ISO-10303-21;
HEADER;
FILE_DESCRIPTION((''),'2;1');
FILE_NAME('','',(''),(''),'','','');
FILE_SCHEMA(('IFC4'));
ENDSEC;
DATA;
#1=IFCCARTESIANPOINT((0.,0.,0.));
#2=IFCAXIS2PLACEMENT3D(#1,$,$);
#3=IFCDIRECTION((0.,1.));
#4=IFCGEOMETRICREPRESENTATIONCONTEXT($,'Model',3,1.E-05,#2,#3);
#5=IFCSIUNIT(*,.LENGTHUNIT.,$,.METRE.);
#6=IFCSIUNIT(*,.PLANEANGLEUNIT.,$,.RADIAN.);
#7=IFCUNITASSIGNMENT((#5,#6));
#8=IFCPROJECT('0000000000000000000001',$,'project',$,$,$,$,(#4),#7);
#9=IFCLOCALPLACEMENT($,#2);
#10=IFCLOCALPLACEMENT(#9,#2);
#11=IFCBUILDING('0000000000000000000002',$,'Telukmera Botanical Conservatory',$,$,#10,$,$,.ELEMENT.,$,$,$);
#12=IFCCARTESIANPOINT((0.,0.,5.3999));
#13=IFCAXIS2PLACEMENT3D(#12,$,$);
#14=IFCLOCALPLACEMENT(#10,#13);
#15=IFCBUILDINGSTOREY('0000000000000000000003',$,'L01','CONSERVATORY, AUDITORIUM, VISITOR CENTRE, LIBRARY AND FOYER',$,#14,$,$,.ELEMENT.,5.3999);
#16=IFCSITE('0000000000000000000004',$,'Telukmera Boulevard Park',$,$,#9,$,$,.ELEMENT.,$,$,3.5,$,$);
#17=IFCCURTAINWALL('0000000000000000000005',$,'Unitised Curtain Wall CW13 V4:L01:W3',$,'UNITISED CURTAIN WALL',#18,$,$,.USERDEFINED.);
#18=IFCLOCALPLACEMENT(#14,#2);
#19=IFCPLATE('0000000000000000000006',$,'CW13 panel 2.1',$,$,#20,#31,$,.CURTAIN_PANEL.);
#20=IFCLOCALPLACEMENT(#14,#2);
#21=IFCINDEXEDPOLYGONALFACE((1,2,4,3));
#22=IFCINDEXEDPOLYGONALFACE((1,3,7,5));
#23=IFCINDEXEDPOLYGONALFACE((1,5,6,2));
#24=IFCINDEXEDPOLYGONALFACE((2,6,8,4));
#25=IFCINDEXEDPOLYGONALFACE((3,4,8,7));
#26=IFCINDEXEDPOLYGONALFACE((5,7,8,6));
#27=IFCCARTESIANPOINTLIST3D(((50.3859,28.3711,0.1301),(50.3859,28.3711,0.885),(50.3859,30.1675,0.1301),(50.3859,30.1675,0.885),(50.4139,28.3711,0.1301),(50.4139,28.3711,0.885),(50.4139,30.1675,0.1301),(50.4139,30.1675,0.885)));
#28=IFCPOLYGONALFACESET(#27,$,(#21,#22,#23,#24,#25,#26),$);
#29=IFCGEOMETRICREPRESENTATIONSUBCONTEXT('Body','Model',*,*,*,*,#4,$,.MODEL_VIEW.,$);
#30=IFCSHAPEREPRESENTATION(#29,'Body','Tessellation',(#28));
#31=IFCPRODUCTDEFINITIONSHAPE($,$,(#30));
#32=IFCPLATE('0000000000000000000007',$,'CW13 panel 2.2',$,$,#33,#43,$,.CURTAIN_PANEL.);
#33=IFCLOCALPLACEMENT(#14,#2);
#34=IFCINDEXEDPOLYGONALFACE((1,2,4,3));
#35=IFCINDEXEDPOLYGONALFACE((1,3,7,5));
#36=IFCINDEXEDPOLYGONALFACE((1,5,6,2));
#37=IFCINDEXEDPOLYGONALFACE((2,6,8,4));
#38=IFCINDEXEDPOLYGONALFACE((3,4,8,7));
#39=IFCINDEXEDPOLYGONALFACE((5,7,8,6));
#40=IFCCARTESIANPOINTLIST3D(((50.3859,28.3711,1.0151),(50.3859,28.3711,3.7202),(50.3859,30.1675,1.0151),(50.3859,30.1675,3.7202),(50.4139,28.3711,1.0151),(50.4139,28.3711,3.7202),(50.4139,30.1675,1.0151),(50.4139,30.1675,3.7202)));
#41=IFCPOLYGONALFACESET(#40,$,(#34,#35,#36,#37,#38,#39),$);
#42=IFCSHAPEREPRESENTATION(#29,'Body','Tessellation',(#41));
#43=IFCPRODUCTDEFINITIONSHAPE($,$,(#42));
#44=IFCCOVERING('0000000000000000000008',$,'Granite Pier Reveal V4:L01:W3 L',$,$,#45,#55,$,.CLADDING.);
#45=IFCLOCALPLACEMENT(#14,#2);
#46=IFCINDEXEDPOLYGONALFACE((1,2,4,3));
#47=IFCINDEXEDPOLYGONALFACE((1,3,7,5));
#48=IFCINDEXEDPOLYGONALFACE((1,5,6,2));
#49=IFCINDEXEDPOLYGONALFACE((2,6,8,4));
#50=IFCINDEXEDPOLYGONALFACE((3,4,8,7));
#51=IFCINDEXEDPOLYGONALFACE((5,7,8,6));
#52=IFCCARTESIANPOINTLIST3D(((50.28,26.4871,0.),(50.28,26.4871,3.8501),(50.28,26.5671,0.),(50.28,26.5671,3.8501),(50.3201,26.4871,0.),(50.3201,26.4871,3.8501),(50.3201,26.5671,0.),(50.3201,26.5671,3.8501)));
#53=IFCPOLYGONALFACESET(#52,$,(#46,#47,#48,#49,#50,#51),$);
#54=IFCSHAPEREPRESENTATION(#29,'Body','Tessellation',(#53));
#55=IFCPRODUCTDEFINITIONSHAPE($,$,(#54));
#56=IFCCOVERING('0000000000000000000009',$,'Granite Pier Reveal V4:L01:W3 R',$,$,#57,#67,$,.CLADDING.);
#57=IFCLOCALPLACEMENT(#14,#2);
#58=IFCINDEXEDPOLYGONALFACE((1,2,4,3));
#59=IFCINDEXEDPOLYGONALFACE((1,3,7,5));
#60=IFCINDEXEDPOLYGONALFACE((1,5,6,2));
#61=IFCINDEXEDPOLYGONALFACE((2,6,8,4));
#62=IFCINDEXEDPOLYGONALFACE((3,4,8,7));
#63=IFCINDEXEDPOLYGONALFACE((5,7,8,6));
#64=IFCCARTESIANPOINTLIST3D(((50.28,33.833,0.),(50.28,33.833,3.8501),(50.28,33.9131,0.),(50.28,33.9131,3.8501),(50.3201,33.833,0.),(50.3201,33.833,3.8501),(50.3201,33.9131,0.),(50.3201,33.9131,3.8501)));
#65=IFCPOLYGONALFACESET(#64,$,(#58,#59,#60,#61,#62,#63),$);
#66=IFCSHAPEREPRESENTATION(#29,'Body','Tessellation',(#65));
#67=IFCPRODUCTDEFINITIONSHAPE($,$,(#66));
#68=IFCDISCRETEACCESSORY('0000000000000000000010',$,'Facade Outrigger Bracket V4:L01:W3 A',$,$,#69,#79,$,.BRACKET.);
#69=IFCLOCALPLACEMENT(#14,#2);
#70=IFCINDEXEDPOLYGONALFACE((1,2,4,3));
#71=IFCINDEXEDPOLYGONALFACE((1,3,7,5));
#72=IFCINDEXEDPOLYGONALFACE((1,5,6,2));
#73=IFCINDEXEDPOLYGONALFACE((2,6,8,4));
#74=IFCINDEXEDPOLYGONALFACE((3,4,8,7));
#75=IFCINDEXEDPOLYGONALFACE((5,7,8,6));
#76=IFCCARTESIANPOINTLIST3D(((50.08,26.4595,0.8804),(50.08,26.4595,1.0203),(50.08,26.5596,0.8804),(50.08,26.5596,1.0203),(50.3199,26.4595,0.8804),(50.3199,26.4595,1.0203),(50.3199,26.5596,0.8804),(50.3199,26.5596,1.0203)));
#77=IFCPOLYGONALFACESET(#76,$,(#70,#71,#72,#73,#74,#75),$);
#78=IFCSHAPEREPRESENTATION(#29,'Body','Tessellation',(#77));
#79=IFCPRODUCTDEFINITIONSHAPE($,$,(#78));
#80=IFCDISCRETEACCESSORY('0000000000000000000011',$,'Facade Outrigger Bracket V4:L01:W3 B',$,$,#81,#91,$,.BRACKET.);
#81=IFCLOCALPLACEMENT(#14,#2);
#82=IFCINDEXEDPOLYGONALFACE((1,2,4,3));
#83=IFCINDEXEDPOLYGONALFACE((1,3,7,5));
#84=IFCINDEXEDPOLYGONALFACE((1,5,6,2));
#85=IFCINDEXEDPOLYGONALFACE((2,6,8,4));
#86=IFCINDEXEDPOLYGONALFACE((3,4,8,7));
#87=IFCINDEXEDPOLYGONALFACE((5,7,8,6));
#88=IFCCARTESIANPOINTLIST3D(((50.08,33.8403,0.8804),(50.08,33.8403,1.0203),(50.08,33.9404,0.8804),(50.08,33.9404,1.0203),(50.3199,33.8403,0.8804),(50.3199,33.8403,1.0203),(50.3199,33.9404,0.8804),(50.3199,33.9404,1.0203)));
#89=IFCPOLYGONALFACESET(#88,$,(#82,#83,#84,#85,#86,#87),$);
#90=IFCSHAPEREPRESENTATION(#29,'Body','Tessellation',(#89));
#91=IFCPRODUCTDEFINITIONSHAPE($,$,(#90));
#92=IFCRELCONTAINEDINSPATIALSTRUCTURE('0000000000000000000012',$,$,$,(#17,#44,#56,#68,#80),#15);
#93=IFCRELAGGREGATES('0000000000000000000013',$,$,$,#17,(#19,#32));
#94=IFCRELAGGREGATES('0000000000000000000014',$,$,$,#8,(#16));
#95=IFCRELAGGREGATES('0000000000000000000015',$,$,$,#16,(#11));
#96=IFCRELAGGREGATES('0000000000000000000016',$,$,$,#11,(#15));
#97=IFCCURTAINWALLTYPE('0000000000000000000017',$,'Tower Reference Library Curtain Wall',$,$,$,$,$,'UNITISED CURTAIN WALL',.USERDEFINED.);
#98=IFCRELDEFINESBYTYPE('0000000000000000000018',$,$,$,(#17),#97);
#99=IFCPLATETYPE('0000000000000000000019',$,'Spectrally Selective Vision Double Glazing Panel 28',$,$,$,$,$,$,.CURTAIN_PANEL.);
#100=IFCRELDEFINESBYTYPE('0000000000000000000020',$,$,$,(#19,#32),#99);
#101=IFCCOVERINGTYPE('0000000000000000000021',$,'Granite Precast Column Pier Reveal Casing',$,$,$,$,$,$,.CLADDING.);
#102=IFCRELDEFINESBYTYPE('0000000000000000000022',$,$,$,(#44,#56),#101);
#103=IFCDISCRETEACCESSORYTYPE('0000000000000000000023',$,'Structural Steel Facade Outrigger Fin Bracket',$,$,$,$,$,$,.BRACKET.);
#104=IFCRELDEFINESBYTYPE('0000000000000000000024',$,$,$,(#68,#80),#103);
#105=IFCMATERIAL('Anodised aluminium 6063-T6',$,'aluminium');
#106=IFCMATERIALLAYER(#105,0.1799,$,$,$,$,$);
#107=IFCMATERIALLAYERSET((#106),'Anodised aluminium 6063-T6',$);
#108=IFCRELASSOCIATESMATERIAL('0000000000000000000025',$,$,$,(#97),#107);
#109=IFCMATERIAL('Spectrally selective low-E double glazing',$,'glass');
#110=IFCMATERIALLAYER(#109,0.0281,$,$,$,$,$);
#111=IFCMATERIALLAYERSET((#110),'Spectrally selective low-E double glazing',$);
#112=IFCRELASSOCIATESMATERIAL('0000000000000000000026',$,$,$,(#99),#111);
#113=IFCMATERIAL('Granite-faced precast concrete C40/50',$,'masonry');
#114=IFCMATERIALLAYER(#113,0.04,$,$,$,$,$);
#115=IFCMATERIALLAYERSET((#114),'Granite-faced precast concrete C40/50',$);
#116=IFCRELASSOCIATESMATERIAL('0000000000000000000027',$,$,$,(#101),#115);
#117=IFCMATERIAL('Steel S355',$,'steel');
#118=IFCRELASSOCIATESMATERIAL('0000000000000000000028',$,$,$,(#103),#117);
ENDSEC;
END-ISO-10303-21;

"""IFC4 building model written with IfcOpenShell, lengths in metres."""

from ifc_helpers import new_model, si_unit, direction, frame, origin, origin_2d, place, context, subcontext, project, spatial, rectangle, extrude, material, layer, layer_set, type_object, element, aggregate, save


model = new_model("IFC4")

# Units and contexts
model_context = context("Model", 3, precision=1e-05, world=origin(), true_north=direction((0.0, 1.0)))
body_context = subcontext(model_context, "Body", "Model", "MODEL_VIEW")
ifc_project = project(units=[si_unit("LENGTHUNIT", "METRE"), si_unit("PLANEANGLEUNIT", "RADIAN")], contexts=[model_context])

# Site, building, storey
site_placement = place(None, origin())
site = spatial("IfcSite", under=ifc_project, at=site_placement, Name="Telukmera Boulevard Park", CompositionType="ELEMENT", RefElevation=3.5)
building_placement = place(site_placement, origin())
building = spatial("IfcBuilding", under=site, at=building_placement, Name="Telukmera Botanical Conservatory", CompositionType="ELEMENT")
storey_placement = place(building_placement, frame((0.0, 0.0, 5.3999)))
storey = spatial("IfcBuildingStorey", under=building, at=storey_placement, Name="L01", Description="CONSERVATORY, AUDITORIUM, VISITOR CENTRE, LIBRARY AND FOYER", CompositionType="ELEMENT", Elevation=5.3999)

# Curtain wall, plates
ifc_material_1 = material(Name="Anodised aluminium 6063-T6", Category="aluminium")
ifc_layer_1 = layer(ifc_material_1, 0.1799)
ifc_layer_set_1 = layer_set([ifc_layer_1], Name="Anodised aluminium 6063-T6")
curtain_wall_type = type_object("IfcCurtainWallType", Name="Tower Reference Library Curtain Wall", ElementType="UNITISED CURTAIN WALL", PredefinedType="USERDEFINED", material=ifc_layer_set_1)
curtain_wall_placement = place(storey_placement, origin())
curtain_wall = element("IfcCurtainWall", 1, at=curtain_wall_placement, inside=storey, type_object=curtain_wall_type, Name="Unitised Curtain Wall CW13 V4:L01:W3", ObjectType="UNITISED CURTAIN WALL", PredefinedType="USERDEFINED")
ifc_material_2 = material(Name="Spectrally selective low-E double glazing", Category="glass")
ifc_layer_2 = layer(ifc_material_2, 0.0281)
ifc_layer_set_2 = layer_set([ifc_layer_2], Name="Spectrally selective low-E double glazing")
plate_type = type_object("IfcPlateType", Name="Spectrally Selective Vision Double Glazing Panel 28", PredefinedType="CURTAIN_PANEL", material=ifc_layer_set_2)
plate_1_placement = place(storey_placement, frame((50.3999, 29.2693, 0.1301), z_axis=(0.0, 0.0, 1.0), x_axis=(0.0, 1.0, 0.0)))
plate_1 = element("IfcPlate", 2, at=plate_1_placement, type_object=plate_type, Name="CW13 panel 2.1", PredefinedType="CURTAIN_PANEL", context=body_context, shape_type="SweptSolid", body=[
    extrude(rectangle(XDim=1.7964, YDim=0.0281, at=origin_2d()), origin(), (0.0, 0.0, 1.0), 0.7549),
])
plate_2_placement = place(storey_placement, frame((50.3999, 29.2693, 1.0151), z_axis=(0.0, 0.0, 1.0), x_axis=(0.0, 1.0, 0.0)))
plate_2 = element("IfcPlate", 3, at=plate_2_placement, type_object=plate_type, Name="CW13 panel 2.2", PredefinedType="CURTAIN_PANEL", context=body_context, shape_type="SweptSolid", body=[
    extrude(rectangle(XDim=1.7964, YDim=0.0281, at=origin_2d()), origin(), (0.0, 0.0, 1.0), 2.7051),
])
aggregate(curtain_wall, [plate_1, plate_2])

# Coverings
ifc_material_3 = material(Name="Granite-faced precast concrete C40/50", Category="masonry")
ifc_layer_3 = layer(ifc_material_3, 0.04)
ifc_layer_set_3 = layer_set([ifc_layer_3], Name="Granite-faced precast concrete C40/50")
covering_type = type_object("IfcCoveringType", Name="Granite Precast Column Pier Reveal Casing", PredefinedType="CLADDING", material=ifc_layer_set_3)
for number, where, z_axis, x_axis, name in (
    (4, (50.3, 26.5271, 0.0), (0.0, 0.0, 1.0), (0.0, 1.0, 0.0), "Granite Pier Reveal V4:L01:W3 L"),
    (5, (50.3, 33.873, 0.0), (0.0, 0.0, 1.0), (0.0, 1.0, 0.0), "Granite Pier Reveal V4:L01:W3 R"),
):
    element("IfcCovering", number, at=place(storey_placement, frame(where, z_axis=z_axis, x_axis=x_axis)), inside=storey, type_object=covering_type, Name=name, PredefinedType="CLADDING", context=body_context, shape_type="SweptSolid", body=[
        extrude(rectangle(XDim=0.0801, YDim=0.04, at=origin_2d()), origin(), (0.0, 0.0, 1.0), 3.8501),
    ])

# Discrete accessories
ifc_material_4 = material(Name="Steel S355", Category="steel")
discrete_accessory_type = type_object("IfcDiscreteAccessoryType", Name="Structural Steel Facade Outrigger Fin Bracket", PredefinedType="BRACKET", material=ifc_material_4)
for number, where, z_axis, x_axis, name in (
    (6, (50.2, 26.5095, 0.8804), (0.0, 0.0, 1.0), (0.0, 1.0, 0.0), "Facade Outrigger Bracket V4:L01:W3 A"),
    (7, (50.2, 33.8904, 0.8804), (0.0, 0.0, 1.0), (0.0, 1.0, 0.0), "Facade Outrigger Bracket V4:L01:W3 B"),
):
    element("IfcDiscreteAccessory", number, at=place(storey_placement, frame(where, z_axis=z_axis, x_axis=x_axis)), inside=storey, type_object=discrete_accessory_type, Name=name, PredefinedType="BRACKET", context=body_context, shape_type="SweptSolid", body=[
        extrude(rectangle(XDim=0.1001, YDim=0.24, at=origin_2d()), origin(), (0.0, 0.0, 1.0), 0.1399),
    ])

save(model, "model.ifc")
